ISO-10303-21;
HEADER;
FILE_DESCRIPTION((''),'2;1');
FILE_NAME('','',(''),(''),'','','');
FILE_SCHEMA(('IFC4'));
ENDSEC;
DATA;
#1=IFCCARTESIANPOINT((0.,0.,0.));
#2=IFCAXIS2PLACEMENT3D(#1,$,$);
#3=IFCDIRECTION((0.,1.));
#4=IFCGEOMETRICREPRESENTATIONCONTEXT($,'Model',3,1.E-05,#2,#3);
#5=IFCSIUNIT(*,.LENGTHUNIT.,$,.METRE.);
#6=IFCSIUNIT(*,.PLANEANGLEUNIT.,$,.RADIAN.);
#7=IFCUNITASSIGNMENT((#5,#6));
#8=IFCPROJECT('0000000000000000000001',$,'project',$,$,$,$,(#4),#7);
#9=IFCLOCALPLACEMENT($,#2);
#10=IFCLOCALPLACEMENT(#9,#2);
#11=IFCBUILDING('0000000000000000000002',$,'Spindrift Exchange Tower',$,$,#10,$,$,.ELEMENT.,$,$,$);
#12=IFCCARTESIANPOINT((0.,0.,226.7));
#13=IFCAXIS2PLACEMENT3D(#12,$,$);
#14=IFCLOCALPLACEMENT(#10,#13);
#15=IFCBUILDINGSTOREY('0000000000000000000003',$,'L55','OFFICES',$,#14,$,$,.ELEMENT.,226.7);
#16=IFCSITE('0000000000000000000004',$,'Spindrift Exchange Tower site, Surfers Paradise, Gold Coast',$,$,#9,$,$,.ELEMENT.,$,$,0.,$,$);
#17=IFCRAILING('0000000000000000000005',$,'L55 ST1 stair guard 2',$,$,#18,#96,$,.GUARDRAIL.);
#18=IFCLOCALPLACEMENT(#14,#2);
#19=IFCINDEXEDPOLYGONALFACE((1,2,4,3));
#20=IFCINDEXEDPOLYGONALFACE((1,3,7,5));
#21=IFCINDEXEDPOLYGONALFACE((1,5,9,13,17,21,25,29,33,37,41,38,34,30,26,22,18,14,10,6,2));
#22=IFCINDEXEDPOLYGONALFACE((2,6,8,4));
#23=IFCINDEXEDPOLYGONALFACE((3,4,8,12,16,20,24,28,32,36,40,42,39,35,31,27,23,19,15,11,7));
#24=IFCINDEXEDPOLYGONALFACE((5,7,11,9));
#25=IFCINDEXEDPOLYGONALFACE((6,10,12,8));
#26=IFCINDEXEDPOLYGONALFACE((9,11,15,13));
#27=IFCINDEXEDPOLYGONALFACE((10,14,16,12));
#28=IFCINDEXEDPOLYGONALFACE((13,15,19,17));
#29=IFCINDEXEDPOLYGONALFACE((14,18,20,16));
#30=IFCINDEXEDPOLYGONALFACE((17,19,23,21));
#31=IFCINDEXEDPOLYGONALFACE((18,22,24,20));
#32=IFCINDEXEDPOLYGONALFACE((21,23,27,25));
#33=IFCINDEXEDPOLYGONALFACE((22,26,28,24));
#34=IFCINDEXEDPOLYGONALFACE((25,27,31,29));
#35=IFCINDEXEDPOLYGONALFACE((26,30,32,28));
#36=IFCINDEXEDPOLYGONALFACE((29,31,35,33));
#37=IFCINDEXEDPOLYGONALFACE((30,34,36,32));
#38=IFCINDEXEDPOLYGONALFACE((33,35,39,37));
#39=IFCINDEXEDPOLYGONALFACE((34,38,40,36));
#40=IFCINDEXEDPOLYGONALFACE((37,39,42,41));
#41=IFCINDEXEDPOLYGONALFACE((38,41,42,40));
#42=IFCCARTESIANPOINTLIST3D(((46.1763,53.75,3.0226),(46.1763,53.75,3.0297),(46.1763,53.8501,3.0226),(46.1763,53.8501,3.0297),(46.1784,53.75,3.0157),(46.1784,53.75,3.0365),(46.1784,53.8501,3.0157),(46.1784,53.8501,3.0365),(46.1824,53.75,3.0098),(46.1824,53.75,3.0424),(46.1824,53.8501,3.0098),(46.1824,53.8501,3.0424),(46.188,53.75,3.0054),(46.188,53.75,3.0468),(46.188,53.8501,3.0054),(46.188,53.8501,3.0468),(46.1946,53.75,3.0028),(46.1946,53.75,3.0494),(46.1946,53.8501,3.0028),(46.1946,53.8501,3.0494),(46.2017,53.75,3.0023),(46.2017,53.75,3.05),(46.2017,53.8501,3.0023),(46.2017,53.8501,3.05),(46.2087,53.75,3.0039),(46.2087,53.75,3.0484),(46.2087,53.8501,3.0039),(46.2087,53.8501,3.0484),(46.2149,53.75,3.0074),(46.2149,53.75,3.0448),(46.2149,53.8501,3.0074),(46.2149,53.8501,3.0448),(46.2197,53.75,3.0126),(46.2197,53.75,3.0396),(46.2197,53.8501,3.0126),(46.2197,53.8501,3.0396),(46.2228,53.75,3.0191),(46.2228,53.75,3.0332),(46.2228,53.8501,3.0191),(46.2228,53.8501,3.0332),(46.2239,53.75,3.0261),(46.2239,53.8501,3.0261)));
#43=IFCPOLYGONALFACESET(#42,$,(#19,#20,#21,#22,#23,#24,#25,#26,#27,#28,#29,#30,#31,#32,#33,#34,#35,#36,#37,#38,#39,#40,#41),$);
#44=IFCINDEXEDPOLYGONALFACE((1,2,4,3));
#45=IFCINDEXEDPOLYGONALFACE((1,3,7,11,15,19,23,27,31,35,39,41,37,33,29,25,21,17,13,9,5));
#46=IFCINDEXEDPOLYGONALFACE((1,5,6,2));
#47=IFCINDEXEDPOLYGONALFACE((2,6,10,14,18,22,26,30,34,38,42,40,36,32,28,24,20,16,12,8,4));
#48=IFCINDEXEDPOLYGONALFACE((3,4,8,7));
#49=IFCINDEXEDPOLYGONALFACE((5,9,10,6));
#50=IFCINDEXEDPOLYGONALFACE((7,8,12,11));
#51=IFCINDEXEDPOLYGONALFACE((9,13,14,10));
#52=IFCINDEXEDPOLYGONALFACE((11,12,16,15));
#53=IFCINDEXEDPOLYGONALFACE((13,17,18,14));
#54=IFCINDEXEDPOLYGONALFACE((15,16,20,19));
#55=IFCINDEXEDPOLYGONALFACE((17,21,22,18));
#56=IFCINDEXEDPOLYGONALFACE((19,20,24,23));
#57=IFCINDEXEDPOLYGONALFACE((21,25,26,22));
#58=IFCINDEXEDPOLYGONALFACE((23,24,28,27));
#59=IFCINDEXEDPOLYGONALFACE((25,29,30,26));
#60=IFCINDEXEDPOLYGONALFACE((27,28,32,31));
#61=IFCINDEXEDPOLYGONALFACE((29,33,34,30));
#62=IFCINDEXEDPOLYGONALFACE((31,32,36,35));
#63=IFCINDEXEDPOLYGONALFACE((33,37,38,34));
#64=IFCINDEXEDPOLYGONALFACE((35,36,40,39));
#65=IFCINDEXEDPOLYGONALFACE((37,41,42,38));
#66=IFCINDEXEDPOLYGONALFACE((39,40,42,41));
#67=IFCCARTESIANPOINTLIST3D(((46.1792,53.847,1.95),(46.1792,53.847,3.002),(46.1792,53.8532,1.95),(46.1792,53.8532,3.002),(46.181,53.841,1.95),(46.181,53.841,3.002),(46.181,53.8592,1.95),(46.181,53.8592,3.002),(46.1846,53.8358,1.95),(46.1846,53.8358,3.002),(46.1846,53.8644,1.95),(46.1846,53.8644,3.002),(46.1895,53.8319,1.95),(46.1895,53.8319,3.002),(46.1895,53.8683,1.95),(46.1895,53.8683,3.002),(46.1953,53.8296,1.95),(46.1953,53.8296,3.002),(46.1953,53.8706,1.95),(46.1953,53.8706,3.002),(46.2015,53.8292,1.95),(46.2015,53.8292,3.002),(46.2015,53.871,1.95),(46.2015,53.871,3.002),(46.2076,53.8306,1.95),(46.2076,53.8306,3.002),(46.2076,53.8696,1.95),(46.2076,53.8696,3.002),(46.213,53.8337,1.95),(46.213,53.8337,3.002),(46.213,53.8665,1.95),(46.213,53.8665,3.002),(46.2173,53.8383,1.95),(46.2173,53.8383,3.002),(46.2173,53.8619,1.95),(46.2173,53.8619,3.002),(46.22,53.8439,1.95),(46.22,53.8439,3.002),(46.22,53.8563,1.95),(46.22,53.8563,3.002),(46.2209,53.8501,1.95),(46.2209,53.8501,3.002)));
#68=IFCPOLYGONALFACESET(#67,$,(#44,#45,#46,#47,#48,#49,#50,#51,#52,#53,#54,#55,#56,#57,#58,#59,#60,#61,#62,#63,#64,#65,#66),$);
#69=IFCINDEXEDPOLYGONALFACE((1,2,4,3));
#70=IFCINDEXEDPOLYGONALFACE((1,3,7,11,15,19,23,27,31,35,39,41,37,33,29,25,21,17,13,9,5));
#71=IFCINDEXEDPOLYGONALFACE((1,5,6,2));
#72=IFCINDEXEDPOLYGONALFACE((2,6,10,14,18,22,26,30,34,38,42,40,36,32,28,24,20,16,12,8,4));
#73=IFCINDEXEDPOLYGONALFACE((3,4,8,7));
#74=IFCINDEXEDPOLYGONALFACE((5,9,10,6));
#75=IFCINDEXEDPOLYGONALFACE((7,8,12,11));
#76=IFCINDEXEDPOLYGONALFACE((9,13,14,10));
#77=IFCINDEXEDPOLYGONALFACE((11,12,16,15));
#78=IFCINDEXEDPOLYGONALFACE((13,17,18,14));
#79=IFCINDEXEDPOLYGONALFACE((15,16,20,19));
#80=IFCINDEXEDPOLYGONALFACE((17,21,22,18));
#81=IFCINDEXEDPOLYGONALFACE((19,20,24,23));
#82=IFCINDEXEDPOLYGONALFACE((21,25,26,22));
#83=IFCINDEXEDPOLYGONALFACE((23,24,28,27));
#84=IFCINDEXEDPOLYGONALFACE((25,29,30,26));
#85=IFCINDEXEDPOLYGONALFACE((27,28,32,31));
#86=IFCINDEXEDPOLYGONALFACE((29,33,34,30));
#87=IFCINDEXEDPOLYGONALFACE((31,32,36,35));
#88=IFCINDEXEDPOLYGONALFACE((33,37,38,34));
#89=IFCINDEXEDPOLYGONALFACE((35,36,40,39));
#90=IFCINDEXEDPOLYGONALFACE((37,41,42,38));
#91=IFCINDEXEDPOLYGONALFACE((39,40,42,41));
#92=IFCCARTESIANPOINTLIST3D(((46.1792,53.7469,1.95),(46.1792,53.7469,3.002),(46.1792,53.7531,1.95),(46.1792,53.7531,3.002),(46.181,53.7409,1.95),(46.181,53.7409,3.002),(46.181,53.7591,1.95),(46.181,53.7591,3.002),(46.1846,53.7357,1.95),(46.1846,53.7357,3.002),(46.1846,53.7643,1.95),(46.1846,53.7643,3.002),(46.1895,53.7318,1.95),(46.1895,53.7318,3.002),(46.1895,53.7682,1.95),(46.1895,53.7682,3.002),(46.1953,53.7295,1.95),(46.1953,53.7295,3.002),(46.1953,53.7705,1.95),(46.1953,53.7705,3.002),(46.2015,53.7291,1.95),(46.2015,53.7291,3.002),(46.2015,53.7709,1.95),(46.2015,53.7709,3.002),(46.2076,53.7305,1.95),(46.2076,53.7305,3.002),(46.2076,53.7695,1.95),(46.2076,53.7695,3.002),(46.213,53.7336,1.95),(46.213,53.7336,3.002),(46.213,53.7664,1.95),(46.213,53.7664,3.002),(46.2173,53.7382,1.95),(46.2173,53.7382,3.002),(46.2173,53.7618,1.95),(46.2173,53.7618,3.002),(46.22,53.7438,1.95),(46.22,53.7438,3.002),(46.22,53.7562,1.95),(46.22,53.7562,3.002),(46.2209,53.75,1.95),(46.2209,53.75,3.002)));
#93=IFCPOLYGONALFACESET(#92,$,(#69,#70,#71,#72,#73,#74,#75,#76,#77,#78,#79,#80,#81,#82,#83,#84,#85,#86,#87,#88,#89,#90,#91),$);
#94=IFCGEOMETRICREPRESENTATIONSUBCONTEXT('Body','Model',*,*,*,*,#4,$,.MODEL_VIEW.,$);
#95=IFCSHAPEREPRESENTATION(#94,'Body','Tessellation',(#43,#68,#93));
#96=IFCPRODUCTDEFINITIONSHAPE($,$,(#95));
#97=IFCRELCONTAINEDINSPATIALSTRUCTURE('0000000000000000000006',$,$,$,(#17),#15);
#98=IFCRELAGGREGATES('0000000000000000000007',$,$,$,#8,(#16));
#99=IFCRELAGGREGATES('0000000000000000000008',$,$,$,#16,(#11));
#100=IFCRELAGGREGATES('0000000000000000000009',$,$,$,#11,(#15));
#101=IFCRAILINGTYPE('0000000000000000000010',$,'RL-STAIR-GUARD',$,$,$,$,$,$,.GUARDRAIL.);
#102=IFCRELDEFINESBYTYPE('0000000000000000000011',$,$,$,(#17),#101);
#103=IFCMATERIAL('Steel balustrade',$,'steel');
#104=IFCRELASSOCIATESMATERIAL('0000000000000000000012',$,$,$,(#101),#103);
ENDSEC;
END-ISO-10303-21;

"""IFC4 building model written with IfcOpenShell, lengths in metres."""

from ifc_helpers import new_model, si_unit, direction, frame, origin, origin_2d, place, context, subcontext, project, spatial, circle, extrude, material, type_object, element, save


model = new_model("IFC4")

# Units and contexts
model_context = context("Model", 3, precision=1e-05, world=origin(), true_north=direction((0.0, 1.0)))
body_context = subcontext(model_context, "Body", "Model", "MODEL_VIEW")
ifc_project = project(units=[si_unit("LENGTHUNIT", "METRE"), si_unit("PLANEANGLEUNIT", "RADIAN")], contexts=[model_context])

# Site, building, storey
site_placement = place(None, origin())
site = spatial("IfcSite", under=ifc_project, at=site_placement, Name="Spindrift Exchange Tower site, Surfers Paradise, Gold Coast", CompositionType="ELEMENT", RefElevation=0.0)
building_placement = place(site_placement, origin())
building = spatial("IfcBuilding", under=site, at=building_placement, Name="Spindrift Exchange Tower", CompositionType="ELEMENT")
storey_placement = place(building_placement, frame((0.0, 0.0, 226.7)))
storey = spatial("IfcBuildingStorey", under=building, at=storey_placement, Name="L55", Description="OFFICES", CompositionType="ELEMENT", Elevation=226.7)

# Railing
ifc_material_1 = material(Name="Steel balustrade", Category="steel")
railing_type_1 = type_object("IfcRailingType", Name="RL-STAIR-GUARD", PredefinedType="GUARDRAIL", material=ifc_material_1)
railing_1_placement = place(storey_placement, frame((46.2, 53.8501, 1.95)))
element("IfcRailing", 1, at=railing_1_placement, inside=storey, type_object=railing_type_1, Name="L55 ST1 stair guard 2", PredefinedType="GUARDRAIL", context=body_context, shape_type="SweptSolid", body=[
    extrude(circle(Radius=0.0239, at=origin_2d()), frame((0.0, 0.0, 1.0762), z_axis=(0.0, -1.0, 0.0), x_axis=(1.0, 0.0, 0.0)), (0.0, 0.0, 1.0), 0.1001),
    extrude(circle(Radius=0.021, at=origin_2d()), origin(), (0.0, 0.0, 1.0), 1.052),
    extrude(circle(Radius=0.021, at=origin_2d()), frame((0.0, -0.1001, 0.0)), (0.0, 0.0, 1.0), 1.052),
])

save(model, "model.ifc")
